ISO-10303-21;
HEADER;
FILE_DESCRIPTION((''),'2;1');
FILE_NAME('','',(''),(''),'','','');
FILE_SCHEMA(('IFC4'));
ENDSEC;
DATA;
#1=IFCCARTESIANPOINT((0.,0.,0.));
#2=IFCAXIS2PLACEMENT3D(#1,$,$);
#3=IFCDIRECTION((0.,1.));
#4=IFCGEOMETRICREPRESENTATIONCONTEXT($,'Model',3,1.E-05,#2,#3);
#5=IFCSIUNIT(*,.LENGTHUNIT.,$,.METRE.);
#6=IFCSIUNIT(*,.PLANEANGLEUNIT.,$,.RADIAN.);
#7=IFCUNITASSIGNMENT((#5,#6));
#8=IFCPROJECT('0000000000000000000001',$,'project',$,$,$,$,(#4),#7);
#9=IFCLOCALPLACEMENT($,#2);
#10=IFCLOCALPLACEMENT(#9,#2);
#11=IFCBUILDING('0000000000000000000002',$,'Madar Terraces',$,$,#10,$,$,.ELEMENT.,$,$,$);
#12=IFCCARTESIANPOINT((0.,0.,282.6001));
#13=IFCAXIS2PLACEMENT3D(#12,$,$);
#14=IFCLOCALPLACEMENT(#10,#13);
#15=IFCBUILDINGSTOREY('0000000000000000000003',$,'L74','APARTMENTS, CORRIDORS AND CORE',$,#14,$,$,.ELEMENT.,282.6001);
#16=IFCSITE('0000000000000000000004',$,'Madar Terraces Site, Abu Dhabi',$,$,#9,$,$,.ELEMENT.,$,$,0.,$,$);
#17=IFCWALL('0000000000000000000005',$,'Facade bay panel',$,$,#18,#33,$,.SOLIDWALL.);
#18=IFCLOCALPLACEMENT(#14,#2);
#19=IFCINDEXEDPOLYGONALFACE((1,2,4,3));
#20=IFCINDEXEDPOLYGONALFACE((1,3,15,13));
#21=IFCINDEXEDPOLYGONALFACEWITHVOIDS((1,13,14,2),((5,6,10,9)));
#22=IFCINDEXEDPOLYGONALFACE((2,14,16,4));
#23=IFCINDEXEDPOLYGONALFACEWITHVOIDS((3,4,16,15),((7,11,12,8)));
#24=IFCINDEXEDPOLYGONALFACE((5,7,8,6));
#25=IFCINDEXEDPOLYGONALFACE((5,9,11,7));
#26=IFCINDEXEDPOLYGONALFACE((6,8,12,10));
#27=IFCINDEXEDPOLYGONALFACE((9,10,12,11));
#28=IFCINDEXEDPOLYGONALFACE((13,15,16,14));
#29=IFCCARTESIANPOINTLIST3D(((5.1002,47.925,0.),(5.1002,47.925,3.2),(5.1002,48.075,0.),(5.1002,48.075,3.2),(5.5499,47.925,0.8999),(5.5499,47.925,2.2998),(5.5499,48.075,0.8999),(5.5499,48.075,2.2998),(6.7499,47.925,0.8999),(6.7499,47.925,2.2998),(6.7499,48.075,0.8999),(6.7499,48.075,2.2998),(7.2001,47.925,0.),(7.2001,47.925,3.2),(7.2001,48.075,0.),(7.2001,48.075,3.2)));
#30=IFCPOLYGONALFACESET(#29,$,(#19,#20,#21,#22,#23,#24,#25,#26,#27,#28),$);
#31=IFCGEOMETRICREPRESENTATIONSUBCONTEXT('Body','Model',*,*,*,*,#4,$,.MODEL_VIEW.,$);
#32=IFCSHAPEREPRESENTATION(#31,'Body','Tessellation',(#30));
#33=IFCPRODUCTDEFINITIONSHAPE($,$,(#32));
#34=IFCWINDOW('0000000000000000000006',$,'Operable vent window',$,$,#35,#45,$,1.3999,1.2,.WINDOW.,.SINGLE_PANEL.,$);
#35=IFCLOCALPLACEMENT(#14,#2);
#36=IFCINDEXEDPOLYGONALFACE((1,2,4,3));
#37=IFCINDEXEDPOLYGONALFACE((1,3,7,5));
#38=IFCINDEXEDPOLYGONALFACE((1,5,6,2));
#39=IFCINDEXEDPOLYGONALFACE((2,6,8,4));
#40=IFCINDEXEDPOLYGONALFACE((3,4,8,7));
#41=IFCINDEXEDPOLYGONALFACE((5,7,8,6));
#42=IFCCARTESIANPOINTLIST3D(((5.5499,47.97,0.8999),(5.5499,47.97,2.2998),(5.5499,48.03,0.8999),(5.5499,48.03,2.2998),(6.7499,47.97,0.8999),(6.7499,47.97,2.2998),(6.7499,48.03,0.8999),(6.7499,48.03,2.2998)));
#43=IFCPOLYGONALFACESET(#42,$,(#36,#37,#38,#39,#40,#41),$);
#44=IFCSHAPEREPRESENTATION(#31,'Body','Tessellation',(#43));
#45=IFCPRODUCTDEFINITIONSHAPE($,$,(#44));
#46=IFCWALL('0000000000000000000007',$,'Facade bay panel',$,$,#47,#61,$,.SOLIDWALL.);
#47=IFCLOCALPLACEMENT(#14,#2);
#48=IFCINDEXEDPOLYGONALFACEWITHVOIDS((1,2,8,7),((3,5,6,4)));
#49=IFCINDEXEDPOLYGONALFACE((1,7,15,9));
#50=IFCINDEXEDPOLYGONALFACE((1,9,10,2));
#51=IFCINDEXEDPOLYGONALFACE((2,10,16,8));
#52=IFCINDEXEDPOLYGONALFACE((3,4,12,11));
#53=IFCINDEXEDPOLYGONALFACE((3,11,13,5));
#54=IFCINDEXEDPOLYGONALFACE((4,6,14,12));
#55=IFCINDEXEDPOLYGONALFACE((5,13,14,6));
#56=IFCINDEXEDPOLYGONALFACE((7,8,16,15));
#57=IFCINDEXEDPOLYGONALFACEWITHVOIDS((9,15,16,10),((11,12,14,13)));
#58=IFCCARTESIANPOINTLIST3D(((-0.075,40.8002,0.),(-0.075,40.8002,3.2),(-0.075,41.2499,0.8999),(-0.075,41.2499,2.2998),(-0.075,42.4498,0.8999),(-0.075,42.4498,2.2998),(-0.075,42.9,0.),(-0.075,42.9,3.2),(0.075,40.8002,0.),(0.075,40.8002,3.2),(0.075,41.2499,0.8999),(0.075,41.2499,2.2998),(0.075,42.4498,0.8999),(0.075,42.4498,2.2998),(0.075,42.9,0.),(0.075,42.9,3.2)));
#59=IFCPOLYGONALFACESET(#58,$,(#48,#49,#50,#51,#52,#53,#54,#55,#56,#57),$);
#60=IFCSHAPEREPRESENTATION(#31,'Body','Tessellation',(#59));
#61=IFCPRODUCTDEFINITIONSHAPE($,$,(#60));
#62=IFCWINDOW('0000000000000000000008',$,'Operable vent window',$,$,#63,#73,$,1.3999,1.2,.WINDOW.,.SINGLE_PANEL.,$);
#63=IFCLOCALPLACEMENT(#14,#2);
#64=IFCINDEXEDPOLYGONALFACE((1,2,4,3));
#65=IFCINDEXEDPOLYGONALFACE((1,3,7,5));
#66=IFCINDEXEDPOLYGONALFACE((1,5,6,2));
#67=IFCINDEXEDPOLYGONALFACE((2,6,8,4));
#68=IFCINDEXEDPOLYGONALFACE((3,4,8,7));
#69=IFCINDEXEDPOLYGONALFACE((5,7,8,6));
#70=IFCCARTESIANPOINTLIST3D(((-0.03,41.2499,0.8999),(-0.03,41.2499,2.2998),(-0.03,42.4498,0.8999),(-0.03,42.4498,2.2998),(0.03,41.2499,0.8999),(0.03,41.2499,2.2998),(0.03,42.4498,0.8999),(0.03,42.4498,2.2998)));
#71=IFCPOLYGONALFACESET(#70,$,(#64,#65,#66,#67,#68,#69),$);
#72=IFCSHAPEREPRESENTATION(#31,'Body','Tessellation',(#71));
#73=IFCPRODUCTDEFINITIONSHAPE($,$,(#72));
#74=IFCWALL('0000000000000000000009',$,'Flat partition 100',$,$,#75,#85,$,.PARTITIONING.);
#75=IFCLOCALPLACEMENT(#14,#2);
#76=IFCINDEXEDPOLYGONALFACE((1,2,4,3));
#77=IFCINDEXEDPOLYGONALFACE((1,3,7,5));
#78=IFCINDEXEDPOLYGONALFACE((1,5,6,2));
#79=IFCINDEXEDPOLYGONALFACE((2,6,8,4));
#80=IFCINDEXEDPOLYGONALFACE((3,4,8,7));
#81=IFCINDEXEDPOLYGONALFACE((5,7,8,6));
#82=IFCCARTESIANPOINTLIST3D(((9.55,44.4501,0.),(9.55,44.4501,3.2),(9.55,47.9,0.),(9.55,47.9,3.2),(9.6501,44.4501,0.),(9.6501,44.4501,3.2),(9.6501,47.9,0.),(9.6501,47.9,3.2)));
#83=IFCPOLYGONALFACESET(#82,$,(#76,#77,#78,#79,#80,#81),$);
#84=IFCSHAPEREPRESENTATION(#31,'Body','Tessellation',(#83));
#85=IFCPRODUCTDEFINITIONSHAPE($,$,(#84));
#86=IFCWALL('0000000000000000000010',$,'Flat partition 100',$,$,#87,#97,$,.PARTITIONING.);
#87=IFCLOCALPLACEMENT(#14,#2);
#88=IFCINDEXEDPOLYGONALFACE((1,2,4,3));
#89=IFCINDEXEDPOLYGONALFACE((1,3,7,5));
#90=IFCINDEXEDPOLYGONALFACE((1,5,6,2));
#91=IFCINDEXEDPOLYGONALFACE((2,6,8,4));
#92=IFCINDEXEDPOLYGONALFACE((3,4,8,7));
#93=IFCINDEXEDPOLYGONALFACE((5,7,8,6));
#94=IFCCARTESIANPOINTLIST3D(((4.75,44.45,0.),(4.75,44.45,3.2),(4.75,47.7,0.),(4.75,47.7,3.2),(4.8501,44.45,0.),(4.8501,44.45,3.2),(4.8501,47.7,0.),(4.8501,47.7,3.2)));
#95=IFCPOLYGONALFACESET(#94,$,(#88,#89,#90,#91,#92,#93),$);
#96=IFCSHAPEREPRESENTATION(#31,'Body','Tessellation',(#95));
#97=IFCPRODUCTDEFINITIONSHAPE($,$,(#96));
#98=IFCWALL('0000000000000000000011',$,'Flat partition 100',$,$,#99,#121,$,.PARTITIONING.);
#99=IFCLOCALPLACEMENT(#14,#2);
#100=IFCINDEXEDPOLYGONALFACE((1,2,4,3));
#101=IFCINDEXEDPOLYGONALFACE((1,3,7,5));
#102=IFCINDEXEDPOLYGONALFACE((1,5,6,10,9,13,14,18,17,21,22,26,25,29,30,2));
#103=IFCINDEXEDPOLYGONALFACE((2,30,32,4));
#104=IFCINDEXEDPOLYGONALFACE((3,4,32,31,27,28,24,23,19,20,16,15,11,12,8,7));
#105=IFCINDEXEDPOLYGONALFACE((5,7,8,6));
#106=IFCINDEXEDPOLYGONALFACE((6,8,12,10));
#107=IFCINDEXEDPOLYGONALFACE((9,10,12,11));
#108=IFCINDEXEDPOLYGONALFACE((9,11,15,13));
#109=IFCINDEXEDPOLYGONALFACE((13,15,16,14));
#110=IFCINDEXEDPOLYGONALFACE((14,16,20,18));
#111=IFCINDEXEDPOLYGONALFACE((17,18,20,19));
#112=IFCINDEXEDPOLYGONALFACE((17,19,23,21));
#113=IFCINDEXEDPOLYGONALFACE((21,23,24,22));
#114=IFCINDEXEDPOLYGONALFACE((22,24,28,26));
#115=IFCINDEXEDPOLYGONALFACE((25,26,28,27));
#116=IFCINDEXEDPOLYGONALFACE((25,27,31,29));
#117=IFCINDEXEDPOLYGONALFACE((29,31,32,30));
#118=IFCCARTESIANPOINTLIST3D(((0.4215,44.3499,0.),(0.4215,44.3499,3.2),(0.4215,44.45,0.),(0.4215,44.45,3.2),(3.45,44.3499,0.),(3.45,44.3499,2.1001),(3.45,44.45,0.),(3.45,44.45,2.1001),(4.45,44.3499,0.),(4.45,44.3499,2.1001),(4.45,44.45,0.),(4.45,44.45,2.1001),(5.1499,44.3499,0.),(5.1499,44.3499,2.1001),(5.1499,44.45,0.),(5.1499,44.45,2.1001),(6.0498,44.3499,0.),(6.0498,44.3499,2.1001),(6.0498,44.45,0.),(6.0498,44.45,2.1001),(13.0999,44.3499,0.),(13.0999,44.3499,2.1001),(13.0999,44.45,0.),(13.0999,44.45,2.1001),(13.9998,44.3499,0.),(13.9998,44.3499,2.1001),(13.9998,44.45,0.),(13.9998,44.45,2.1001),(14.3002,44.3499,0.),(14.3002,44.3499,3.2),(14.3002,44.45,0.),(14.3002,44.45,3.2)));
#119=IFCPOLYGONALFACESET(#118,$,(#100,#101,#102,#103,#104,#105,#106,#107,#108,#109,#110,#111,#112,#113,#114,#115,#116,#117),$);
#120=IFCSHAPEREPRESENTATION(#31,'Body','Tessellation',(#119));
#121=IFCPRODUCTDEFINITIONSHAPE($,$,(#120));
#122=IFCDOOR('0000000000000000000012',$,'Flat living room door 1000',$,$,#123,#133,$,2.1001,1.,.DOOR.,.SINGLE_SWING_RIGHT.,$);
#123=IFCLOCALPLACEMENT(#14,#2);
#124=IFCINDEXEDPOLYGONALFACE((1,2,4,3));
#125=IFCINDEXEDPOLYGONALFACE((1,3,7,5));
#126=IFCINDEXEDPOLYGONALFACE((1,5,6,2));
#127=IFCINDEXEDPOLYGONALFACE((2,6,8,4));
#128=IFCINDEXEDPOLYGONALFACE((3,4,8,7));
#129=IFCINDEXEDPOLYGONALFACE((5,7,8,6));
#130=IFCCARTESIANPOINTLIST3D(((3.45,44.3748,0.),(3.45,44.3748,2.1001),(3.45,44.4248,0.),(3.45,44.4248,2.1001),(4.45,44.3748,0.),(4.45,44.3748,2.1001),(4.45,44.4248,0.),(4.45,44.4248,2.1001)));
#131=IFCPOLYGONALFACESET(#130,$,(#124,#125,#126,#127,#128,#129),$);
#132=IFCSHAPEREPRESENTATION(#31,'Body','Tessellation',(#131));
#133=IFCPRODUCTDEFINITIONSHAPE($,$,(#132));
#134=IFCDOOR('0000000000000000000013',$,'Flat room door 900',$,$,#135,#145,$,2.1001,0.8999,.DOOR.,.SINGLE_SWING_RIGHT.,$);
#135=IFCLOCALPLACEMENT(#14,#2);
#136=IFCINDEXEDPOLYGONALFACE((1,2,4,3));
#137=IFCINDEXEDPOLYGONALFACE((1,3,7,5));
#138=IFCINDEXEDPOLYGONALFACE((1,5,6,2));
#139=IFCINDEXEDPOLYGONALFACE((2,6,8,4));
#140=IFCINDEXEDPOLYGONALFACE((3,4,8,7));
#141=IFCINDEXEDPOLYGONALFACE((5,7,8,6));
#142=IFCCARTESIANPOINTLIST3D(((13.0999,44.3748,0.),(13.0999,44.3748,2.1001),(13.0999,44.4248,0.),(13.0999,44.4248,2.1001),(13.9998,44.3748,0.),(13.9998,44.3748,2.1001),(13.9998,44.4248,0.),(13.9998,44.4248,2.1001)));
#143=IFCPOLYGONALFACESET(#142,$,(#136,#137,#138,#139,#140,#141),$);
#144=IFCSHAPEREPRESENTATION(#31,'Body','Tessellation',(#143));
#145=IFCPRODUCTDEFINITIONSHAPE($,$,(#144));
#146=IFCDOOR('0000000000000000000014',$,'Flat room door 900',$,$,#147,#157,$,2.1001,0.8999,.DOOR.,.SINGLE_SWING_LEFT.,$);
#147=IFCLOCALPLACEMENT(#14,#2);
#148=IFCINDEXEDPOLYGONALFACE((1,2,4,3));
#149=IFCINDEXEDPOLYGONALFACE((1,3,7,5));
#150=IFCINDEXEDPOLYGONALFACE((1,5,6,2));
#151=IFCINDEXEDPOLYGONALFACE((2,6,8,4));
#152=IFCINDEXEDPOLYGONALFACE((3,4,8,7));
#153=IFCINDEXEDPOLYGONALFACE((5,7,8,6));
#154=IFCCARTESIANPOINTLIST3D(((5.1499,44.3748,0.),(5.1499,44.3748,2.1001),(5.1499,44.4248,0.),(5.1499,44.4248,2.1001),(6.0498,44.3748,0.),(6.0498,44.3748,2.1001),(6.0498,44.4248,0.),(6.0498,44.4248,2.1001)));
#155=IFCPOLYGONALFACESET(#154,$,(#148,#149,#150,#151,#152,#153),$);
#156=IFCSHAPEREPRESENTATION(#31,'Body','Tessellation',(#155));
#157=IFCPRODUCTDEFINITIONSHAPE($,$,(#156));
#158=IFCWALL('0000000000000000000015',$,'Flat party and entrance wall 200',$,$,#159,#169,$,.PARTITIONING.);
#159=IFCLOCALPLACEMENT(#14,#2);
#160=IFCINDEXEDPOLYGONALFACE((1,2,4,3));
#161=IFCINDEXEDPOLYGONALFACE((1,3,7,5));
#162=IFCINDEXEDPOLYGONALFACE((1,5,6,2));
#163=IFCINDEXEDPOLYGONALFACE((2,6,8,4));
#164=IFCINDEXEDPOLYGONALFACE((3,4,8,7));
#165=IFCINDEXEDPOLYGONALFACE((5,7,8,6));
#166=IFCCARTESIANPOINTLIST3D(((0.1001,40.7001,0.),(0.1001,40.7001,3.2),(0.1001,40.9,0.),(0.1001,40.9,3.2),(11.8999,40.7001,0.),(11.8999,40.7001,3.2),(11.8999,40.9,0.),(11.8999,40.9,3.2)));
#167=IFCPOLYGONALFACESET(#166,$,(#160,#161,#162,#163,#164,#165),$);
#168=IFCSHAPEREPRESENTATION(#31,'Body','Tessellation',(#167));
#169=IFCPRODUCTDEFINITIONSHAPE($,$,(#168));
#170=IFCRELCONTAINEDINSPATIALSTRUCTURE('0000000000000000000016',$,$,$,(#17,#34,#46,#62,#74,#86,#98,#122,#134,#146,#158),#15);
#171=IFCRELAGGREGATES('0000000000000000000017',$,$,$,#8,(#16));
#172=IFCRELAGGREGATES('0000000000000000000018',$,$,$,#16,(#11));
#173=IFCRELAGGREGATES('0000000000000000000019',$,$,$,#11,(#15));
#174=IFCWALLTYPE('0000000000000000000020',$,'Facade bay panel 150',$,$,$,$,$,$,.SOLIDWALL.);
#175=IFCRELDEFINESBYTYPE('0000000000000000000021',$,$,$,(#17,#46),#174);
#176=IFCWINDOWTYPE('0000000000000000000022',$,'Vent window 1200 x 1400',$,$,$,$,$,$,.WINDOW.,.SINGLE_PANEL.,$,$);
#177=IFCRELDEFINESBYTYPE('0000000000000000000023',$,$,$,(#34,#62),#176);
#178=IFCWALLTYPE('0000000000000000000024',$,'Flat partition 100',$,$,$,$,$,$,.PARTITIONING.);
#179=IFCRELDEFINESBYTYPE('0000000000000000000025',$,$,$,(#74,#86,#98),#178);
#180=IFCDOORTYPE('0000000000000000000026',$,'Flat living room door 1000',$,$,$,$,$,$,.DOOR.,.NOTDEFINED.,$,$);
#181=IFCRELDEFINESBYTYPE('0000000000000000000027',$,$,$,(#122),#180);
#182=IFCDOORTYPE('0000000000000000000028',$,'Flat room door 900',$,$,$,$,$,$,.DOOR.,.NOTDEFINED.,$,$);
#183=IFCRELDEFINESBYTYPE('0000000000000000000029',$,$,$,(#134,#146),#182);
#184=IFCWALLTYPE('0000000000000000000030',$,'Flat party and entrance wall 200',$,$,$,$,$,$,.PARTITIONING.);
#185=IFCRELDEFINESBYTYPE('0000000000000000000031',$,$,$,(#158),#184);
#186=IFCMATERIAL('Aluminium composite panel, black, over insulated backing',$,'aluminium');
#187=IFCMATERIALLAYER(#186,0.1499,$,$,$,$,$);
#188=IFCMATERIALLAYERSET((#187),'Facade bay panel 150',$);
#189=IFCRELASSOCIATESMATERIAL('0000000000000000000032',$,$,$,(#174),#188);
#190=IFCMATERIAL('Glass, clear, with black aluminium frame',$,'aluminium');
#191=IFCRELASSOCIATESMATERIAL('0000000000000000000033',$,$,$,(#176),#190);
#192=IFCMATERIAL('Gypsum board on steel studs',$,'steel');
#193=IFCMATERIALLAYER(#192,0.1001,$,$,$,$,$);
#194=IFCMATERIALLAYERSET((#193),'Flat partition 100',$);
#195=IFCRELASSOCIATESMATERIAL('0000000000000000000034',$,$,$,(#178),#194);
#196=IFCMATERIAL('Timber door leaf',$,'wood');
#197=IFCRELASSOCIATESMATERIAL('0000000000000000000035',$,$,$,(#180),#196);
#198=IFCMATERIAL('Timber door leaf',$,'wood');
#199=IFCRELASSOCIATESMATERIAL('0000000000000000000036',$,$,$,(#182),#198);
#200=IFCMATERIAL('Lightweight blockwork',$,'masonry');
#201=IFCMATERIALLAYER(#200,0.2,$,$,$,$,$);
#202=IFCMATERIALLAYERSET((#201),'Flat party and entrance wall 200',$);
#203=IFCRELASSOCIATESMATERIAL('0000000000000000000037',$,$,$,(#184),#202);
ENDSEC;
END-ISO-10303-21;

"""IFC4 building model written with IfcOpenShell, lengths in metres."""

from ifc_helpers import new_model, si_unit, direction, frame, frame_2d, origin, place, context, subcontext, project, spatial, rectangle, extrude, material, layer, layer_set, type_object, element, fill, save


model = new_model("IFC4")

# Units and contexts
model_context = context("Model", 3, precision=1e-05, world=origin(), true_north=direction((0.0, 1.0)))
body_context = subcontext(model_context, "Body", "Model", "MODEL_VIEW")
ifc_project = project(units=[si_unit("LENGTHUNIT", "METRE"), si_unit("PLANEANGLEUNIT", "RADIAN")], contexts=[model_context])

# Site, building, storey
site_placement = place(None, origin())
site = spatial("IfcSite", under=ifc_project, at=site_placement, Name="Madar Terraces Site, Abu Dhabi", CompositionType="ELEMENT", RefElevation=0.0)
building_placement = place(site_placement, origin())
building = spatial("IfcBuilding", under=site, at=building_placement, Name="Madar Terraces", CompositionType="ELEMENT")
storey_placement = place(building_placement, frame((0.0, 0.0, 282.6001)))
storey = spatial("IfcBuildingStorey", under=building, at=storey_placement, Name="L74", Description="APARTMENTS, CORRIDORS AND CORE", CompositionType="ELEMENT", Elevation=282.6001)

# Walls, openings, windows
ifc_material_1 = material(Name="Aluminium composite panel, black, over insulated backing", Category="aluminium")
ifc_layer_1 = layer(ifc_material_1, 0.1499)
ifc_layer_set_1 = layer_set([ifc_layer_1], Name="Facade bay panel 150")
wall_type_1 = type_object("IfcWallType", Name="Facade bay panel 150", PredefinedType="SOLIDWALL", material=ifc_layer_set_1)
wall_1_placement = place(storey_placement, frame((7.2, 48.0, 0.0), z_axis=(0.0, 0.0, 1.0), x_axis=(-1.0, 0.0, 0.0)))
wall_1 = element("IfcWall", 1, at=wall_1_placement, inside=storey, type_object=wall_type_1, Name="Facade bay panel", PredefinedType="SOLIDWALL", context=body_context, shape_type="SweptSolid", body=[
    extrude(rectangle(XDim=2.0999, YDim=0.1499, at=frame_2d((1.0498, 0.0))), origin(), (0.0, 0.0, 1.0), 3.2),
])
opening_1_placement = place(wall_1_placement, frame((0.45, 0.0, 0.8999)))
opening_1 = element("IfcOpeningElement", 2, at=opening_1_placement, cuts=wall_1, PredefinedType="OPENING", context=body_context, shape_type="SweptSolid", body=[
    extrude(rectangle(XDim=1.2, YDim=1.3999, at=frame_2d((0.6001, 0.7))), frame((0.0, 0.085, 0.0), z_axis=(0.0, -1.0, 0.0), x_axis=(1.0, 0.0, 0.0)), (0.0, 0.0, 1.0), 0.1699),
])
ifc_material_2 = material(Name="Glass, clear, with black aluminium frame", Category="aluminium")
window_type = type_object("IfcWindowType", Name="Vent window 1200 x 1400", PartitioningType="SINGLE_PANEL", PredefinedType="WINDOW", material=ifc_material_2)
window_1_placement = place(opening_1_placement, origin())
window_1 = element("IfcWindow", 3, at=window_1_placement, inside=storey, type_object=window_type, Name="Operable vent window", OverallHeight=1.3999, OverallWidth=1.2, PartitioningType="SINGLE_PANEL", PredefinedType="WINDOW", context=body_context, shape_type="SweptSolid", body=[
    extrude(rectangle(XDim=1.2, YDim=1.3999, at=frame_2d((0.6001, 0.7))), frame((0.0, 0.03, 0.0), z_axis=(0.0, -1.0, 0.0), x_axis=(1.0, 0.0, 0.0)), (0.0, 0.0, 1.0), 0.0601),
])
fill(opening_1, window_1)
wall_2_placement = place(storey_placement, frame((0.0, 42.8999, 0.0), z_axis=(0.0, 0.0, 1.0), x_axis=(0.0, -1.0, 0.0)))
wall_2 = element("IfcWall", 4, at=wall_2_placement, inside=storey, type_object=wall_type_1, Name="Facade bay panel", PredefinedType="SOLIDWALL", context=body_context, shape_type="SweptSolid", body=[
    extrude(rectangle(XDim=2.0999, YDim=0.1499, at=frame_2d((1.0498, 0.0))), origin(), (0.0, 0.0, 1.0), 3.2),
])
opening_2_placement = place(wall_2_placement, frame((0.45, 0.0, 0.8999)))
opening_2 = element("IfcOpeningElement", 5, at=opening_2_placement, cuts=wall_2, PredefinedType="OPENING", context=body_context, shape_type="SweptSolid", body=[
    extrude(rectangle(XDim=1.2, YDim=1.3999, at=frame_2d((0.6001, 0.7))), frame((0.0, 0.085, 0.0), z_axis=(0.0, -1.0, 0.0), x_axis=(1.0, 0.0, 0.0)), (0.0, 0.0, 1.0), 0.1699),
])
window_2_placement = place(opening_2_placement, origin())
window_2 = element("IfcWindow", 6, at=window_2_placement, inside=storey, type_object=window_type, Name="Operable vent window", OverallHeight=1.3999, OverallWidth=1.2, PartitioningType="SINGLE_PANEL", PredefinedType="WINDOW", context=body_context, shape_type="SweptSolid", body=[
    extrude(rectangle(XDim=1.2, YDim=1.3999, at=frame_2d((0.6001, 0.7))), frame((0.0, 0.03, 0.0), z_axis=(0.0, -1.0, 0.0), x_axis=(1.0, 0.0, 0.0)), (0.0, 0.0, 1.0), 0.0601),
])
fill(opening_2, window_2)

# Walls
ifc_material_3 = material(Name="Gypsum board on steel studs", Category="steel")
ifc_layer_2 = layer(ifc_material_3, 0.1001)
ifc_layer_set_2 = layer_set([ifc_layer_2], Name="Flat partition 100")
wall_type_2 = type_object("IfcWallType", Name="Flat partition 100", PredefinedType="PARTITIONING", material=ifc_layer_set_2)
wall_3_placement = place(storey_placement, frame((9.6001, 44.45, 0.0), z_axis=(0.0, 0.0, 1.0), x_axis=(0.0, 1.0, 0.0)))
element("IfcWall", 7, at=wall_3_placement, inside=storey, type_object=wall_type_2, Name="Flat partition 100", PredefinedType="PARTITIONING", context=body_context, shape_type="SweptSolid", body=[
    extrude(rectangle(XDim=3.45, YDim=0.1001, at=frame_2d((1.7251, 0.0))), origin(), (0.0, 0.0, 1.0), 3.2),
])
wall_4_placement = place(storey_placement, frame((4.8, 44.45, 0.0), z_axis=(0.0, 0.0, 1.0), x_axis=(0.0, 1.0, 0.0)))
element("IfcWall", 8, at=wall_4_placement, inside=storey, type_object=wall_type_2, Name="Flat partition 100", PredefinedType="PARTITIONING", context=body_context, shape_type="SweptSolid", body=[
    extrude(rectangle(XDim=3.25, YDim=0.1001, at=frame_2d((1.625, 0.0))), origin(), (0.0, 0.0, 1.0), 3.2),
])

# Wall, openings, doors
wall_5_placement = place(storey_placement, frame((0.4214, 44.3999, 0.0), z_axis=(0.0, 0.0, 1.0), x_axis=(1.0, 0.0, 0.0)))
wall_5 = element("IfcWall", 9, at=wall_5_placement, inside=storey, type_object=wall_type_2, Name="Flat partition 100", PredefinedType="PARTITIONING", context=body_context, shape_type="SweptSolid", body=[
    extrude(rectangle(XDim=13.8787, YDim=0.1001, at=frame_2d((6.9395, 0.0))), origin(), (0.0, 0.0, 1.0), 3.2),
])
opening_3_placement = place(wall_5_placement, frame((12.6785, 0.0, 0.0)))
opening_3 = element("IfcOpeningElement", 10, at=opening_3_placement, cuts=wall_5, PredefinedType="OPENING", context=body_context, shape_type="SweptSolid", body=[
    extrude(rectangle(XDim=0.8999, YDim=2.1001, at=frame_2d((0.45, 1.05))), frame((0.0, 0.0601, 0.0), z_axis=(0.0, -1.0, 0.0), x_axis=(1.0, 0.0, 0.0)), (0.0, 0.0, 1.0), 0.1201),
])
opening_4_placement = place(wall_5_placement, frame((4.7285, 0.0, 0.0)))
opening_4 = element("IfcOpeningElement", 11, at=opening_4_placement, cuts=wall_5, PredefinedType="OPENING", context=body_context, shape_type="SweptSolid", body=[
    extrude(rectangle(XDim=0.8999, YDim=2.1001, at=frame_2d((0.45, 1.05))), frame((0.0, 0.0601, 0.0), z_axis=(0.0, -1.0, 0.0), x_axis=(1.0, 0.0, 0.0)), (0.0, 0.0, 1.0), 0.1201),
])
opening_5_placement = place(wall_5_placement, frame((3.0286, 0.0, 0.0)))
opening_5 = element("IfcOpeningElement", 12, at=opening_5_placement, cuts=wall_5, PredefinedType="OPENING", context=body_context, shape_type="SweptSolid", body=[
    extrude(rectangle(XDim=1.0, YDim=2.1001, at=frame_2d((0.5, 1.05))), frame((0.0, 0.0601, 0.0), z_axis=(0.0, -1.0, 0.0), x_axis=(1.0, 0.0, 0.0)), (0.0, 0.0, 1.0), 0.1201),
])
ifc_material_4 = material(Name="Timber door leaf", Category="wood")
door_type_1 = type_object("IfcDoorType", Name="Flat living room door 1000", OperationType="NOTDEFINED", PredefinedType="DOOR", material=ifc_material_4)
door_1_placement = place(opening_5_placement, origin())
door_1 = element("IfcDoor", 13, at=door_1_placement, inside=storey, type_object=door_type_1, Name="Flat living room door 1000", OperationType="SINGLE_SWING_RIGHT", OverallHeight=2.1001, OverallWidth=1.0, PredefinedType="DOOR", context=body_context, shape_type="SweptSolid", body=[
    extrude(rectangle(XDim=1.0, YDim=2.1001, at=frame_2d((0.5, 1.05))), frame((0.0, 0.0249, 0.0), z_axis=(0.0, -1.0, 0.0), x_axis=(1.0, 0.0, 0.0)), (0.0, 0.0, 1.0), 0.05),
])
fill(opening_5, door_1)
ifc_material_5 = material(Name="Timber door leaf", Category="wood")
door_type_2 = type_object("IfcDoorType", Name="Flat room door 900", OperationType="NOTDEFINED", PredefinedType="DOOR", material=ifc_material_5)
door_2_placement = place(opening_3_placement, origin())
door_2 = element("IfcDoor", 14, at=door_2_placement, inside=storey, type_object=door_type_2, Name="Flat room door 900", OperationType="SINGLE_SWING_RIGHT", OverallHeight=2.1001, OverallWidth=0.8999, PredefinedType="DOOR", context=body_context, shape_type="SweptSolid", body=[
    extrude(rectangle(XDim=0.8999, YDim=2.1001, at=frame_2d((0.45, 1.05))), frame((0.0, 0.0249, 0.0), z_axis=(0.0, -1.0, 0.0), x_axis=(1.0, 0.0, 0.0)), (0.0, 0.0, 1.0), 0.05),
])
fill(opening_3, door_2)
door_3_placement = place(opening_4_placement, origin())
door_3 = element("IfcDoor", 15, at=door_3_placement, inside=storey, type_object=door_type_2, Name="Flat room door 900", OperationType="SINGLE_SWING_LEFT", OverallHeight=2.1001, OverallWidth=0.8999, PredefinedType="DOOR", context=body_context, shape_type="SweptSolid", body=[
    extrude(rectangle(XDim=0.8999, YDim=2.1001, at=frame_2d((0.45, 1.05))), frame((0.0, 0.0249, 0.0), z_axis=(0.0, -1.0, 0.0), x_axis=(1.0, 0.0, 0.0)), (0.0, 0.0, 1.0), 0.05),
])
fill(opening_4, door_3)

# Wall
ifc_material_6 = material(Name="Lightweight blockwork", Category="masonry")
ifc_layer_3 = layer(ifc_material_6, 0.2)
ifc_layer_set_3 = layer_set([ifc_layer_3], Name="Flat party and entrance wall 200")
wall_type_3 = type_object("IfcWallType", Name="Flat party and entrance wall 200", PredefinedType="PARTITIONING", material=ifc_layer_set_3)
wall_6_placement = place(storey_placement, frame((0.1001, 40.8, 0.0), z_axis=(0.0, 0.0, 1.0), x_axis=(1.0, 0.0, 0.0)))
element("IfcWall", 16, at=wall_6_placement, inside=storey, type_object=wall_type_3, Name="Flat party and entrance wall 200", PredefinedType="PARTITIONING", context=body_context, shape_type="SweptSolid", body=[
    extrude(rectangle(XDim=11.7998, YDim=0.2, at=frame_2d((5.8999, 0.0))), origin(), (0.0, 0.0, 1.0), 3.2),
])

save(model, "model.ifc")
